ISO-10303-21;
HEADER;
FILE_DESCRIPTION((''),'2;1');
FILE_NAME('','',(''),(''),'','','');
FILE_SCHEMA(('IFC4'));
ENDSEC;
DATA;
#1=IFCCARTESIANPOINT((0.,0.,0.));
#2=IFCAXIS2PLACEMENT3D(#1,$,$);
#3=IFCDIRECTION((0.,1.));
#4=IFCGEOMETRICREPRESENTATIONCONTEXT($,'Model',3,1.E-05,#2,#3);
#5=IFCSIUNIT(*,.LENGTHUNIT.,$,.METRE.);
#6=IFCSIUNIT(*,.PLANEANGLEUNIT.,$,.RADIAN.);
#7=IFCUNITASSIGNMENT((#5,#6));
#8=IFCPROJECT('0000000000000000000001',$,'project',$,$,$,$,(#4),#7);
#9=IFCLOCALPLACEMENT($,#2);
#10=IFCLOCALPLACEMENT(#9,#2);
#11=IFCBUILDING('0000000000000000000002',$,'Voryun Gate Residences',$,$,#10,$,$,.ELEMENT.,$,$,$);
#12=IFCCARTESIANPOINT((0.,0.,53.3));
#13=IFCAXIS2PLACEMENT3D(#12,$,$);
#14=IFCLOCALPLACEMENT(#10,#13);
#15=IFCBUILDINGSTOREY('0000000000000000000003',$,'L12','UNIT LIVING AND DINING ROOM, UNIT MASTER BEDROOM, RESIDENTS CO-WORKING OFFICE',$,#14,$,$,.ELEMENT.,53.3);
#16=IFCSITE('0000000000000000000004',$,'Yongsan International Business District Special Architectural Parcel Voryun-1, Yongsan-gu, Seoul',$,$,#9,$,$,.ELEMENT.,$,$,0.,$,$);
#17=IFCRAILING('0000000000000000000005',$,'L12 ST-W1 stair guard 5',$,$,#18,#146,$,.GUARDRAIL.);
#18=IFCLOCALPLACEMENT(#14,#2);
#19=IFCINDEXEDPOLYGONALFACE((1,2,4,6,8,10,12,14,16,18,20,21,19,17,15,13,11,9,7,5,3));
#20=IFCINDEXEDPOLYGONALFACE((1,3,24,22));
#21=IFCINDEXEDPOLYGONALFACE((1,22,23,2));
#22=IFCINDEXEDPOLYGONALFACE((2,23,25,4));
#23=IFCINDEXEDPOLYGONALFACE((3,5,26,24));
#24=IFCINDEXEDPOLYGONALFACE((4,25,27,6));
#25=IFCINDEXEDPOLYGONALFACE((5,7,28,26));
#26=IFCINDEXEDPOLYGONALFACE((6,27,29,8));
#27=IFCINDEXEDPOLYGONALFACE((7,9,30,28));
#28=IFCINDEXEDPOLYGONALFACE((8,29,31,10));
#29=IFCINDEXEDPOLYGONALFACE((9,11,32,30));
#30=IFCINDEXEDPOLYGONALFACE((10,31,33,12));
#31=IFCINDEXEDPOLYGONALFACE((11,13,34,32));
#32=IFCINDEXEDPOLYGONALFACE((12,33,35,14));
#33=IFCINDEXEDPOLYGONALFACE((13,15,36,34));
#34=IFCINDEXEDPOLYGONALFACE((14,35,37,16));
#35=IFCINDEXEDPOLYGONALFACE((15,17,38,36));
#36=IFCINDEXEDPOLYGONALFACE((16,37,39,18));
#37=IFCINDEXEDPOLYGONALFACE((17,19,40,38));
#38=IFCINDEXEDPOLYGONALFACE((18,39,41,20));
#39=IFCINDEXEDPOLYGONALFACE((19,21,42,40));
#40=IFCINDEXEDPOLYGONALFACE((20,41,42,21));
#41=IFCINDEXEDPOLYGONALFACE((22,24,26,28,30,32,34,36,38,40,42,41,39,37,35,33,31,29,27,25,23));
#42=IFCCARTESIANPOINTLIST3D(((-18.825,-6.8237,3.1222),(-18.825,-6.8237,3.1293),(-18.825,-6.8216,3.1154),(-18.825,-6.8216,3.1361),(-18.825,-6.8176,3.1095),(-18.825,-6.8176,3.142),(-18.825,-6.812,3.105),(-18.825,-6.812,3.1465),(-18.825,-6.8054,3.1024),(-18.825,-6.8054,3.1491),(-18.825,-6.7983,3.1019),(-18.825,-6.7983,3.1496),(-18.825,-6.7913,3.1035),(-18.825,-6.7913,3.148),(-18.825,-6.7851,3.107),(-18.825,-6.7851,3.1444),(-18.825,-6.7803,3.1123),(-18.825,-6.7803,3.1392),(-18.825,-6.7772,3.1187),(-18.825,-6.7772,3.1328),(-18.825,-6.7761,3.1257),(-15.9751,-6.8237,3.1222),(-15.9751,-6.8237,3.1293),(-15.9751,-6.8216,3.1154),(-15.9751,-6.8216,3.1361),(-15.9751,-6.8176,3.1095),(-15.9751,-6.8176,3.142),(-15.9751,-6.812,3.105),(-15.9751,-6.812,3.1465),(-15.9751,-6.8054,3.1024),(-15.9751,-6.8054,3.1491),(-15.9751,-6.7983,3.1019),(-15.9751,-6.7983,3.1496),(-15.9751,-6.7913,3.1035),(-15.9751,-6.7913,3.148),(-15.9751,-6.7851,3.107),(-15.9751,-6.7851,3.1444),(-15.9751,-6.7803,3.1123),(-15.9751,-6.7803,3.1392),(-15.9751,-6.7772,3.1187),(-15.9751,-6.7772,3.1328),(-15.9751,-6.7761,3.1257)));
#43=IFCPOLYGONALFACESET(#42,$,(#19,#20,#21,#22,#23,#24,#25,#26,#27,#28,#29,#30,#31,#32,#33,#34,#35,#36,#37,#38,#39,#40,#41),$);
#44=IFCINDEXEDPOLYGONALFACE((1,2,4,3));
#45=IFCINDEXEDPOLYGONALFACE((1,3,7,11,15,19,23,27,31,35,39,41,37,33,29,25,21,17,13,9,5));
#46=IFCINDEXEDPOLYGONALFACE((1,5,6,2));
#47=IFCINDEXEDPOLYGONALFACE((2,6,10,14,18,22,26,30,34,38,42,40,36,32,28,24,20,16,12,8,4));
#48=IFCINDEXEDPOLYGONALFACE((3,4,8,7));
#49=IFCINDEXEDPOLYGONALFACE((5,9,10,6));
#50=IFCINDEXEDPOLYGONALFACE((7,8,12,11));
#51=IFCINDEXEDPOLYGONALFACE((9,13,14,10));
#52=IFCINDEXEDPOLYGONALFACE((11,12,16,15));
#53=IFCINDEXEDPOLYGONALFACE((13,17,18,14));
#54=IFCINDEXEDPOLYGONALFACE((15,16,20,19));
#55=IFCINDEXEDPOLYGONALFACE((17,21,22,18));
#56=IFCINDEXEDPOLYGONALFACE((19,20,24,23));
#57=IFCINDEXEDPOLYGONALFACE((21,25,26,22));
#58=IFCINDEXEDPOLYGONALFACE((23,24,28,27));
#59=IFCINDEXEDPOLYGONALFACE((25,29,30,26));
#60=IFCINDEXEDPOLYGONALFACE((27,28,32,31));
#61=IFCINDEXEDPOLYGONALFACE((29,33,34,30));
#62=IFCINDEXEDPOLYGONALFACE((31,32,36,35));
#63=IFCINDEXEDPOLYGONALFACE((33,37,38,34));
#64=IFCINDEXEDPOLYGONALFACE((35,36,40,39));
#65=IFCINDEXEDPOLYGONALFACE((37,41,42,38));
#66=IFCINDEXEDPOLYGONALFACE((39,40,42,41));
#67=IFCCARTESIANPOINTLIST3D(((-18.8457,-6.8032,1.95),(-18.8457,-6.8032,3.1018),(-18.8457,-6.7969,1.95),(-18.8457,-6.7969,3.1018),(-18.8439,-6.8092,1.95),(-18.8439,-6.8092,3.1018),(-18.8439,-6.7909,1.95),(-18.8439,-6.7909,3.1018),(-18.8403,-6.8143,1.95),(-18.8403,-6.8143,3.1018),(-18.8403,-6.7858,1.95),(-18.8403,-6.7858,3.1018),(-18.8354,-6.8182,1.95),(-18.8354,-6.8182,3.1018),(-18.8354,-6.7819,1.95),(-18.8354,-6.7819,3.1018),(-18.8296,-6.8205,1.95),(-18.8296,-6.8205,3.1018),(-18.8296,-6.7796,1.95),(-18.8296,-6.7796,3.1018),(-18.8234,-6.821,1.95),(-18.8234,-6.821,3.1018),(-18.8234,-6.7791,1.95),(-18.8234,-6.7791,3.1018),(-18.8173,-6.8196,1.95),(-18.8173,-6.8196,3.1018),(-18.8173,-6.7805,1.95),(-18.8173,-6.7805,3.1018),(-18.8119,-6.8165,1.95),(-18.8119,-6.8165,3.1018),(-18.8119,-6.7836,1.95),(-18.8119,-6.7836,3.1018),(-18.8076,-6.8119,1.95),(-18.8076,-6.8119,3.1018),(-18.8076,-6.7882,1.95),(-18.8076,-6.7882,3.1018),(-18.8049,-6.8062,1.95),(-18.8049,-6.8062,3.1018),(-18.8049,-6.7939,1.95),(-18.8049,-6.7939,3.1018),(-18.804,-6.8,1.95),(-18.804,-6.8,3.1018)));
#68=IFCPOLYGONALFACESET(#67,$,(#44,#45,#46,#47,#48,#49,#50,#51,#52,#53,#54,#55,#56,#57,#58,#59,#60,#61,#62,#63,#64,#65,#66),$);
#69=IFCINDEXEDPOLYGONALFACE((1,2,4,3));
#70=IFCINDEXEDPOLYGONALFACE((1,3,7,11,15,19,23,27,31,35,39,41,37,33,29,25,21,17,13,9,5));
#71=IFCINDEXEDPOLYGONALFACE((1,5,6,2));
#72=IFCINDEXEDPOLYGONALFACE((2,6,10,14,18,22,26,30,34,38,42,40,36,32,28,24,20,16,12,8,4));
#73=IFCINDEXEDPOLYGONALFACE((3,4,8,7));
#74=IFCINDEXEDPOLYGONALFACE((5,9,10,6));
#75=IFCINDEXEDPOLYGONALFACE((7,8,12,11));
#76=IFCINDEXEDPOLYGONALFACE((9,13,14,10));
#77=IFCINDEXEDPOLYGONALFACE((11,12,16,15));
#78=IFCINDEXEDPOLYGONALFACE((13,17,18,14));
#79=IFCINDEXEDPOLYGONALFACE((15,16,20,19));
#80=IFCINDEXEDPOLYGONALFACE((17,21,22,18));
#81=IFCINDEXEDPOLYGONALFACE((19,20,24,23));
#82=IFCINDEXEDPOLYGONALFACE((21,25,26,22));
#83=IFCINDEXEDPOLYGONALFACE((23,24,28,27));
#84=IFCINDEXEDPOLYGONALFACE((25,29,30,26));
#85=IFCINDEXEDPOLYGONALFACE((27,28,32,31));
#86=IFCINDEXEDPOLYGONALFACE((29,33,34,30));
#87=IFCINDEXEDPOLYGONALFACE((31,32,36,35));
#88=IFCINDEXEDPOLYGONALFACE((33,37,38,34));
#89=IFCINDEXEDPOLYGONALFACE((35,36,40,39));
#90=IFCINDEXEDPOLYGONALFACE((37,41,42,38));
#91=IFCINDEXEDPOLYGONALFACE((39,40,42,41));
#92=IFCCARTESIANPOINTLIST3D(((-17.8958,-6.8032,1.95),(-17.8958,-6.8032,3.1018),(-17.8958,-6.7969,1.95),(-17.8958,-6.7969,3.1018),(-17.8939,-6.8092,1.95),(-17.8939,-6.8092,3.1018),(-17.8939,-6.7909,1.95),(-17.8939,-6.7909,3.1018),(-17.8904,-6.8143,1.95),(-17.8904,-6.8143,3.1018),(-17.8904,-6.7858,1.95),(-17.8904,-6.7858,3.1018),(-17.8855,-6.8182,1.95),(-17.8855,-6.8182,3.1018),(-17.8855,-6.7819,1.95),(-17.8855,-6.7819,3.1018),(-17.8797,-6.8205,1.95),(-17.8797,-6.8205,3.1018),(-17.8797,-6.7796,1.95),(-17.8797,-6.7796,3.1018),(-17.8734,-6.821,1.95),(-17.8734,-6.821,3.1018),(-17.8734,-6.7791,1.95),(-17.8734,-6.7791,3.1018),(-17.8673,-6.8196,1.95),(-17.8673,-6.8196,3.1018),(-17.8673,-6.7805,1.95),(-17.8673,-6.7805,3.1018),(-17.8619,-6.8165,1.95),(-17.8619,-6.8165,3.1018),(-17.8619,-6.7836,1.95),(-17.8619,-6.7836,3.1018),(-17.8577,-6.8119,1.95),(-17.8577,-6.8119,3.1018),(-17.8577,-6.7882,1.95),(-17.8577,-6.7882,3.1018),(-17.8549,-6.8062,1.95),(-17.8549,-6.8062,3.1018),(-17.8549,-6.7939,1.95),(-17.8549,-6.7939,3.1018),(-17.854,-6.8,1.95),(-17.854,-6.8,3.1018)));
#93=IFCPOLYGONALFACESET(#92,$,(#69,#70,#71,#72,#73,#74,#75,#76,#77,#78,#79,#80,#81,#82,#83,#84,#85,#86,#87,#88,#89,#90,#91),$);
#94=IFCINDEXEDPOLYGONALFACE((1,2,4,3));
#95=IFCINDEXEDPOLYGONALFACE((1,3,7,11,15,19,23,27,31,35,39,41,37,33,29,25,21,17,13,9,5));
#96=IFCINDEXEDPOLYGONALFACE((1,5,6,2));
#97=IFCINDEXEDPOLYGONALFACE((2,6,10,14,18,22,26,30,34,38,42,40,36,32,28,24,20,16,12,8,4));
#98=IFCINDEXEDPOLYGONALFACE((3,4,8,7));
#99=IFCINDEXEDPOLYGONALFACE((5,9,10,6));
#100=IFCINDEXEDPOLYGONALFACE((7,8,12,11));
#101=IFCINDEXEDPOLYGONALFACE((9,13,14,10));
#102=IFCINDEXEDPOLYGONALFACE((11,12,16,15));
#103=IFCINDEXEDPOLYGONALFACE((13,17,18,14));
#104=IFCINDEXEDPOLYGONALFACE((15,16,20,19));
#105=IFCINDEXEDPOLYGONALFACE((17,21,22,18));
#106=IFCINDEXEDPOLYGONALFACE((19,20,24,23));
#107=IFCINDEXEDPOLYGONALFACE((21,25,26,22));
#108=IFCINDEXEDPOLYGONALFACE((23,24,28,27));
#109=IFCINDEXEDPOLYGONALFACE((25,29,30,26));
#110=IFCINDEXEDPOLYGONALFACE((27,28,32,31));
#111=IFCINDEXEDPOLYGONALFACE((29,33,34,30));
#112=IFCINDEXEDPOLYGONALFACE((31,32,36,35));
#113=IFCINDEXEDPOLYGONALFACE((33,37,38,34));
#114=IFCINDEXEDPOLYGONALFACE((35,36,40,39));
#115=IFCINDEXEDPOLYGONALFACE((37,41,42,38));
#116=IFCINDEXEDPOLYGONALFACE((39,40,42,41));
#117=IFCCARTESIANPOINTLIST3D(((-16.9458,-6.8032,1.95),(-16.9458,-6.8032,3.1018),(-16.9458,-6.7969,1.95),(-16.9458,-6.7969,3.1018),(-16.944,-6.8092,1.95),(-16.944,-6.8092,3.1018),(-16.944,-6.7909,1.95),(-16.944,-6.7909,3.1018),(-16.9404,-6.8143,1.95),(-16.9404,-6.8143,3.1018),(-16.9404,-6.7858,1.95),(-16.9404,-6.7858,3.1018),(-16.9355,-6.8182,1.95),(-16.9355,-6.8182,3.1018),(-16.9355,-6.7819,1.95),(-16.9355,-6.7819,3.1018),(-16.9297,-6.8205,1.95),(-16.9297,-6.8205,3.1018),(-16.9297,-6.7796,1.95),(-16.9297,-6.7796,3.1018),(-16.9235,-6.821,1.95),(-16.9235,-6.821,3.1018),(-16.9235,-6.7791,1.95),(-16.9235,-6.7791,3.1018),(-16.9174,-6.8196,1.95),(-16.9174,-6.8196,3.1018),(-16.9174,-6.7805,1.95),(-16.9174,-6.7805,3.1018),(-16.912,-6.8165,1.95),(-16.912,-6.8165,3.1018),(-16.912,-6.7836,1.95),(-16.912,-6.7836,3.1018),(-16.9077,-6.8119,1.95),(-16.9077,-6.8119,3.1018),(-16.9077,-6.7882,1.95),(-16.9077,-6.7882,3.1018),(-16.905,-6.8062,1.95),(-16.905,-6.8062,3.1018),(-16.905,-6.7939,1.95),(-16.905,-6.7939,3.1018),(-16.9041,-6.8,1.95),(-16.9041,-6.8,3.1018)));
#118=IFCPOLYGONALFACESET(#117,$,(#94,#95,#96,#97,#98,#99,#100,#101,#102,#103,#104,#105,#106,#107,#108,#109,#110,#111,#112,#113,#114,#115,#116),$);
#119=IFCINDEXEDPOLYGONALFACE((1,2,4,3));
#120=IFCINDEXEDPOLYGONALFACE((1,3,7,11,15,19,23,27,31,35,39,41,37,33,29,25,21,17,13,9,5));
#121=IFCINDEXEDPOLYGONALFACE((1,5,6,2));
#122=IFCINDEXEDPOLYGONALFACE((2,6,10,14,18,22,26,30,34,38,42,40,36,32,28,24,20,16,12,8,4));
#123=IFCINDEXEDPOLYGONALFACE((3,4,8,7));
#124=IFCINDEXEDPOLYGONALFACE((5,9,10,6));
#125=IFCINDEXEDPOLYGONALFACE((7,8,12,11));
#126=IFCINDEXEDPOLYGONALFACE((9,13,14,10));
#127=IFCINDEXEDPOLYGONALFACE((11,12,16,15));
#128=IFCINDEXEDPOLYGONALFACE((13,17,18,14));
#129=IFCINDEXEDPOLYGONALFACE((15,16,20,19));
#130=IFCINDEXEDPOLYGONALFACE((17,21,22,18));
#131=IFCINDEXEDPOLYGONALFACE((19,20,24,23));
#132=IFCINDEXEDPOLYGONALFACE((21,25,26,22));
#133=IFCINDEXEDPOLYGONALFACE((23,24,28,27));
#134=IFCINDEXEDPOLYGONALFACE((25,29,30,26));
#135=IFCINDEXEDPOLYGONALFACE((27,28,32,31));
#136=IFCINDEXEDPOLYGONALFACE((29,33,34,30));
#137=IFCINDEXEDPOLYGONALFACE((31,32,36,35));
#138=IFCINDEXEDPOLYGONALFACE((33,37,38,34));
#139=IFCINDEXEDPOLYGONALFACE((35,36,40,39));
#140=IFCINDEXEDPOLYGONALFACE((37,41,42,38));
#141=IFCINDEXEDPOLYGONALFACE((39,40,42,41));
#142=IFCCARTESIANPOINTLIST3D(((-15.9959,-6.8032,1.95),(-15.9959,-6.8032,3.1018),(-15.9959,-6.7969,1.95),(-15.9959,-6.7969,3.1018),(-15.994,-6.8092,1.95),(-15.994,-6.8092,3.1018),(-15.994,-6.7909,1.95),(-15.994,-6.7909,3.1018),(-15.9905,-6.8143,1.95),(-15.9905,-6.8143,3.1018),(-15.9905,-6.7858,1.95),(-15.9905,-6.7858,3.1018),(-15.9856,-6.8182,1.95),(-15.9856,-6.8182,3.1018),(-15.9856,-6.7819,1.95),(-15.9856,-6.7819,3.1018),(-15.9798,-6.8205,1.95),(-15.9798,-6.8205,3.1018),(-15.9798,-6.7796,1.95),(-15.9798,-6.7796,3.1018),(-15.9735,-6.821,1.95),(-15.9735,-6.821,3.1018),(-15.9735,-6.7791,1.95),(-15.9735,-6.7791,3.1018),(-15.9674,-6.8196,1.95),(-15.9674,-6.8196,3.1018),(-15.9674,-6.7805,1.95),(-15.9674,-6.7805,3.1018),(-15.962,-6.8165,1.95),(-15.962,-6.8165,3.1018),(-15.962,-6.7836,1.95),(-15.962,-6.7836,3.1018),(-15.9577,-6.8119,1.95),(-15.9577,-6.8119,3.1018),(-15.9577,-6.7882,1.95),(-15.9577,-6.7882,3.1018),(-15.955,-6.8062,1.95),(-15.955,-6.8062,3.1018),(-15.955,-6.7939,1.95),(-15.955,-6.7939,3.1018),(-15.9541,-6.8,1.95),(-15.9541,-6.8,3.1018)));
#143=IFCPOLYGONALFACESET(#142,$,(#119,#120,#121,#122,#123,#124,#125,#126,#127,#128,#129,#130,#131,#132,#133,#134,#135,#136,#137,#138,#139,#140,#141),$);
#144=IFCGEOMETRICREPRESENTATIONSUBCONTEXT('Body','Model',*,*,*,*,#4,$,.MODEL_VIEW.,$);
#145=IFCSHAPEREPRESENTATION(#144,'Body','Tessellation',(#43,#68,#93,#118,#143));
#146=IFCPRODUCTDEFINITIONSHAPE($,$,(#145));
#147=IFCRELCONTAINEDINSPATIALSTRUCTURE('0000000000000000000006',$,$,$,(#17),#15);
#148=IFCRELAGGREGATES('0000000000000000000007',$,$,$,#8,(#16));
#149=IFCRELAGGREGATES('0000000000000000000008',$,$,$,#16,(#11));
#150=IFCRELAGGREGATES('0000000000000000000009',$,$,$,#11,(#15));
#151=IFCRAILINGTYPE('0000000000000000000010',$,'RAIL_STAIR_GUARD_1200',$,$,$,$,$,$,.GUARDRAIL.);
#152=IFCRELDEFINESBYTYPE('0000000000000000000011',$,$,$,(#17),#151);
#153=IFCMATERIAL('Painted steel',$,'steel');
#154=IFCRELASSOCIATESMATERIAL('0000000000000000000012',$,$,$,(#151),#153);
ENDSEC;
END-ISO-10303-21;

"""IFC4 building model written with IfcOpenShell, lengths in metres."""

from ifc_helpers import new_model, si_unit, direction, frame, origin, origin_2d, place, context, subcontext, project, spatial, circle, extrude, material, type_object, element, save


model = new_model("IFC4")

# Units and contexts
model_context = context("Model", 3, precision=1e-05, world=origin(), true_north=direction((0.0, 1.0)))
body_context = subcontext(model_context, "Body", "Model", "MODEL_VIEW")
ifc_project = project(units=[si_unit("LENGTHUNIT", "METRE"), si_unit("PLANEANGLEUNIT", "RADIAN")], contexts=[model_context])

# Site, building, storey
site_placement = place(None, origin())
site = spatial("IfcSite", under=ifc_project, at=site_placement, Name="Yongsan International Business District Special Architectural Parcel Voryun-1, Yongsan-gu, Seoul", CompositionType="ELEMENT", RefElevation=0.0)
building_placement = place(site_placement, origin())
building = spatial("IfcBuilding", under=site, at=building_placement, Name="Voryun Gate Residences", CompositionType="ELEMENT")
storey_placement = place(building_placement, frame((0.0, 0.0, 53.3)))
storey = spatial("IfcBuildingStorey", under=building, at=storey_placement, Name="L12", Description="UNIT LIVING AND DINING ROOM, UNIT MASTER BEDROOM, RESIDENTS CO-WORKING OFFICE", CompositionType="ELEMENT", Elevation=53.3)

# Railing
ifc_material_1 = material(Name="Painted steel", Category="steel")
railing_type_1 = type_object("IfcRailingType", Name="RAIL_STAIR_GUARD_1200", PredefinedType="GUARDRAIL", material=ifc_material_1)
railing_1_placement = place(storey_placement, frame((-18.825, -6.8, 1.95)))
element("IfcRailing", 1, at=railing_1_placement, inside=storey, type_object=railing_type_1, Name="L12 ST-W1 stair guard 5", PredefinedType="GUARDRAIL", context=body_context, shape_type="SweptSolid", body=[
    extrude(circle(Radius=0.0239, at=origin_2d()), frame((0.0, 0.0, 1.1758), z_axis=(1.0, 0.0, 0.0), x_axis=(0.0, 1.0, 0.0)), (0.0, 0.0, 1.0), 2.8499),
    extrude(circle(Radius=0.021, at=origin_2d()), origin(), (0.0, 0.0, 1.0), 1.1519),
    extrude(circle(Radius=0.021, at=origin_2d()), frame((0.95, 0.0, 0.0)), (0.0, 0.0, 1.0), 1.1519),
    extrude(circle(Radius=0.021, at=origin_2d()), frame((1.8999, 0.0, 0.0)), (0.0, 0.0, 1.0), 1.1519),
    extrude(circle(Radius=0.021, at=origin_2d()), frame((2.8499, 0.0, 0.0)), (0.0, 0.0, 1.0), 1.1519),
])

save(model, "model.ifc")
